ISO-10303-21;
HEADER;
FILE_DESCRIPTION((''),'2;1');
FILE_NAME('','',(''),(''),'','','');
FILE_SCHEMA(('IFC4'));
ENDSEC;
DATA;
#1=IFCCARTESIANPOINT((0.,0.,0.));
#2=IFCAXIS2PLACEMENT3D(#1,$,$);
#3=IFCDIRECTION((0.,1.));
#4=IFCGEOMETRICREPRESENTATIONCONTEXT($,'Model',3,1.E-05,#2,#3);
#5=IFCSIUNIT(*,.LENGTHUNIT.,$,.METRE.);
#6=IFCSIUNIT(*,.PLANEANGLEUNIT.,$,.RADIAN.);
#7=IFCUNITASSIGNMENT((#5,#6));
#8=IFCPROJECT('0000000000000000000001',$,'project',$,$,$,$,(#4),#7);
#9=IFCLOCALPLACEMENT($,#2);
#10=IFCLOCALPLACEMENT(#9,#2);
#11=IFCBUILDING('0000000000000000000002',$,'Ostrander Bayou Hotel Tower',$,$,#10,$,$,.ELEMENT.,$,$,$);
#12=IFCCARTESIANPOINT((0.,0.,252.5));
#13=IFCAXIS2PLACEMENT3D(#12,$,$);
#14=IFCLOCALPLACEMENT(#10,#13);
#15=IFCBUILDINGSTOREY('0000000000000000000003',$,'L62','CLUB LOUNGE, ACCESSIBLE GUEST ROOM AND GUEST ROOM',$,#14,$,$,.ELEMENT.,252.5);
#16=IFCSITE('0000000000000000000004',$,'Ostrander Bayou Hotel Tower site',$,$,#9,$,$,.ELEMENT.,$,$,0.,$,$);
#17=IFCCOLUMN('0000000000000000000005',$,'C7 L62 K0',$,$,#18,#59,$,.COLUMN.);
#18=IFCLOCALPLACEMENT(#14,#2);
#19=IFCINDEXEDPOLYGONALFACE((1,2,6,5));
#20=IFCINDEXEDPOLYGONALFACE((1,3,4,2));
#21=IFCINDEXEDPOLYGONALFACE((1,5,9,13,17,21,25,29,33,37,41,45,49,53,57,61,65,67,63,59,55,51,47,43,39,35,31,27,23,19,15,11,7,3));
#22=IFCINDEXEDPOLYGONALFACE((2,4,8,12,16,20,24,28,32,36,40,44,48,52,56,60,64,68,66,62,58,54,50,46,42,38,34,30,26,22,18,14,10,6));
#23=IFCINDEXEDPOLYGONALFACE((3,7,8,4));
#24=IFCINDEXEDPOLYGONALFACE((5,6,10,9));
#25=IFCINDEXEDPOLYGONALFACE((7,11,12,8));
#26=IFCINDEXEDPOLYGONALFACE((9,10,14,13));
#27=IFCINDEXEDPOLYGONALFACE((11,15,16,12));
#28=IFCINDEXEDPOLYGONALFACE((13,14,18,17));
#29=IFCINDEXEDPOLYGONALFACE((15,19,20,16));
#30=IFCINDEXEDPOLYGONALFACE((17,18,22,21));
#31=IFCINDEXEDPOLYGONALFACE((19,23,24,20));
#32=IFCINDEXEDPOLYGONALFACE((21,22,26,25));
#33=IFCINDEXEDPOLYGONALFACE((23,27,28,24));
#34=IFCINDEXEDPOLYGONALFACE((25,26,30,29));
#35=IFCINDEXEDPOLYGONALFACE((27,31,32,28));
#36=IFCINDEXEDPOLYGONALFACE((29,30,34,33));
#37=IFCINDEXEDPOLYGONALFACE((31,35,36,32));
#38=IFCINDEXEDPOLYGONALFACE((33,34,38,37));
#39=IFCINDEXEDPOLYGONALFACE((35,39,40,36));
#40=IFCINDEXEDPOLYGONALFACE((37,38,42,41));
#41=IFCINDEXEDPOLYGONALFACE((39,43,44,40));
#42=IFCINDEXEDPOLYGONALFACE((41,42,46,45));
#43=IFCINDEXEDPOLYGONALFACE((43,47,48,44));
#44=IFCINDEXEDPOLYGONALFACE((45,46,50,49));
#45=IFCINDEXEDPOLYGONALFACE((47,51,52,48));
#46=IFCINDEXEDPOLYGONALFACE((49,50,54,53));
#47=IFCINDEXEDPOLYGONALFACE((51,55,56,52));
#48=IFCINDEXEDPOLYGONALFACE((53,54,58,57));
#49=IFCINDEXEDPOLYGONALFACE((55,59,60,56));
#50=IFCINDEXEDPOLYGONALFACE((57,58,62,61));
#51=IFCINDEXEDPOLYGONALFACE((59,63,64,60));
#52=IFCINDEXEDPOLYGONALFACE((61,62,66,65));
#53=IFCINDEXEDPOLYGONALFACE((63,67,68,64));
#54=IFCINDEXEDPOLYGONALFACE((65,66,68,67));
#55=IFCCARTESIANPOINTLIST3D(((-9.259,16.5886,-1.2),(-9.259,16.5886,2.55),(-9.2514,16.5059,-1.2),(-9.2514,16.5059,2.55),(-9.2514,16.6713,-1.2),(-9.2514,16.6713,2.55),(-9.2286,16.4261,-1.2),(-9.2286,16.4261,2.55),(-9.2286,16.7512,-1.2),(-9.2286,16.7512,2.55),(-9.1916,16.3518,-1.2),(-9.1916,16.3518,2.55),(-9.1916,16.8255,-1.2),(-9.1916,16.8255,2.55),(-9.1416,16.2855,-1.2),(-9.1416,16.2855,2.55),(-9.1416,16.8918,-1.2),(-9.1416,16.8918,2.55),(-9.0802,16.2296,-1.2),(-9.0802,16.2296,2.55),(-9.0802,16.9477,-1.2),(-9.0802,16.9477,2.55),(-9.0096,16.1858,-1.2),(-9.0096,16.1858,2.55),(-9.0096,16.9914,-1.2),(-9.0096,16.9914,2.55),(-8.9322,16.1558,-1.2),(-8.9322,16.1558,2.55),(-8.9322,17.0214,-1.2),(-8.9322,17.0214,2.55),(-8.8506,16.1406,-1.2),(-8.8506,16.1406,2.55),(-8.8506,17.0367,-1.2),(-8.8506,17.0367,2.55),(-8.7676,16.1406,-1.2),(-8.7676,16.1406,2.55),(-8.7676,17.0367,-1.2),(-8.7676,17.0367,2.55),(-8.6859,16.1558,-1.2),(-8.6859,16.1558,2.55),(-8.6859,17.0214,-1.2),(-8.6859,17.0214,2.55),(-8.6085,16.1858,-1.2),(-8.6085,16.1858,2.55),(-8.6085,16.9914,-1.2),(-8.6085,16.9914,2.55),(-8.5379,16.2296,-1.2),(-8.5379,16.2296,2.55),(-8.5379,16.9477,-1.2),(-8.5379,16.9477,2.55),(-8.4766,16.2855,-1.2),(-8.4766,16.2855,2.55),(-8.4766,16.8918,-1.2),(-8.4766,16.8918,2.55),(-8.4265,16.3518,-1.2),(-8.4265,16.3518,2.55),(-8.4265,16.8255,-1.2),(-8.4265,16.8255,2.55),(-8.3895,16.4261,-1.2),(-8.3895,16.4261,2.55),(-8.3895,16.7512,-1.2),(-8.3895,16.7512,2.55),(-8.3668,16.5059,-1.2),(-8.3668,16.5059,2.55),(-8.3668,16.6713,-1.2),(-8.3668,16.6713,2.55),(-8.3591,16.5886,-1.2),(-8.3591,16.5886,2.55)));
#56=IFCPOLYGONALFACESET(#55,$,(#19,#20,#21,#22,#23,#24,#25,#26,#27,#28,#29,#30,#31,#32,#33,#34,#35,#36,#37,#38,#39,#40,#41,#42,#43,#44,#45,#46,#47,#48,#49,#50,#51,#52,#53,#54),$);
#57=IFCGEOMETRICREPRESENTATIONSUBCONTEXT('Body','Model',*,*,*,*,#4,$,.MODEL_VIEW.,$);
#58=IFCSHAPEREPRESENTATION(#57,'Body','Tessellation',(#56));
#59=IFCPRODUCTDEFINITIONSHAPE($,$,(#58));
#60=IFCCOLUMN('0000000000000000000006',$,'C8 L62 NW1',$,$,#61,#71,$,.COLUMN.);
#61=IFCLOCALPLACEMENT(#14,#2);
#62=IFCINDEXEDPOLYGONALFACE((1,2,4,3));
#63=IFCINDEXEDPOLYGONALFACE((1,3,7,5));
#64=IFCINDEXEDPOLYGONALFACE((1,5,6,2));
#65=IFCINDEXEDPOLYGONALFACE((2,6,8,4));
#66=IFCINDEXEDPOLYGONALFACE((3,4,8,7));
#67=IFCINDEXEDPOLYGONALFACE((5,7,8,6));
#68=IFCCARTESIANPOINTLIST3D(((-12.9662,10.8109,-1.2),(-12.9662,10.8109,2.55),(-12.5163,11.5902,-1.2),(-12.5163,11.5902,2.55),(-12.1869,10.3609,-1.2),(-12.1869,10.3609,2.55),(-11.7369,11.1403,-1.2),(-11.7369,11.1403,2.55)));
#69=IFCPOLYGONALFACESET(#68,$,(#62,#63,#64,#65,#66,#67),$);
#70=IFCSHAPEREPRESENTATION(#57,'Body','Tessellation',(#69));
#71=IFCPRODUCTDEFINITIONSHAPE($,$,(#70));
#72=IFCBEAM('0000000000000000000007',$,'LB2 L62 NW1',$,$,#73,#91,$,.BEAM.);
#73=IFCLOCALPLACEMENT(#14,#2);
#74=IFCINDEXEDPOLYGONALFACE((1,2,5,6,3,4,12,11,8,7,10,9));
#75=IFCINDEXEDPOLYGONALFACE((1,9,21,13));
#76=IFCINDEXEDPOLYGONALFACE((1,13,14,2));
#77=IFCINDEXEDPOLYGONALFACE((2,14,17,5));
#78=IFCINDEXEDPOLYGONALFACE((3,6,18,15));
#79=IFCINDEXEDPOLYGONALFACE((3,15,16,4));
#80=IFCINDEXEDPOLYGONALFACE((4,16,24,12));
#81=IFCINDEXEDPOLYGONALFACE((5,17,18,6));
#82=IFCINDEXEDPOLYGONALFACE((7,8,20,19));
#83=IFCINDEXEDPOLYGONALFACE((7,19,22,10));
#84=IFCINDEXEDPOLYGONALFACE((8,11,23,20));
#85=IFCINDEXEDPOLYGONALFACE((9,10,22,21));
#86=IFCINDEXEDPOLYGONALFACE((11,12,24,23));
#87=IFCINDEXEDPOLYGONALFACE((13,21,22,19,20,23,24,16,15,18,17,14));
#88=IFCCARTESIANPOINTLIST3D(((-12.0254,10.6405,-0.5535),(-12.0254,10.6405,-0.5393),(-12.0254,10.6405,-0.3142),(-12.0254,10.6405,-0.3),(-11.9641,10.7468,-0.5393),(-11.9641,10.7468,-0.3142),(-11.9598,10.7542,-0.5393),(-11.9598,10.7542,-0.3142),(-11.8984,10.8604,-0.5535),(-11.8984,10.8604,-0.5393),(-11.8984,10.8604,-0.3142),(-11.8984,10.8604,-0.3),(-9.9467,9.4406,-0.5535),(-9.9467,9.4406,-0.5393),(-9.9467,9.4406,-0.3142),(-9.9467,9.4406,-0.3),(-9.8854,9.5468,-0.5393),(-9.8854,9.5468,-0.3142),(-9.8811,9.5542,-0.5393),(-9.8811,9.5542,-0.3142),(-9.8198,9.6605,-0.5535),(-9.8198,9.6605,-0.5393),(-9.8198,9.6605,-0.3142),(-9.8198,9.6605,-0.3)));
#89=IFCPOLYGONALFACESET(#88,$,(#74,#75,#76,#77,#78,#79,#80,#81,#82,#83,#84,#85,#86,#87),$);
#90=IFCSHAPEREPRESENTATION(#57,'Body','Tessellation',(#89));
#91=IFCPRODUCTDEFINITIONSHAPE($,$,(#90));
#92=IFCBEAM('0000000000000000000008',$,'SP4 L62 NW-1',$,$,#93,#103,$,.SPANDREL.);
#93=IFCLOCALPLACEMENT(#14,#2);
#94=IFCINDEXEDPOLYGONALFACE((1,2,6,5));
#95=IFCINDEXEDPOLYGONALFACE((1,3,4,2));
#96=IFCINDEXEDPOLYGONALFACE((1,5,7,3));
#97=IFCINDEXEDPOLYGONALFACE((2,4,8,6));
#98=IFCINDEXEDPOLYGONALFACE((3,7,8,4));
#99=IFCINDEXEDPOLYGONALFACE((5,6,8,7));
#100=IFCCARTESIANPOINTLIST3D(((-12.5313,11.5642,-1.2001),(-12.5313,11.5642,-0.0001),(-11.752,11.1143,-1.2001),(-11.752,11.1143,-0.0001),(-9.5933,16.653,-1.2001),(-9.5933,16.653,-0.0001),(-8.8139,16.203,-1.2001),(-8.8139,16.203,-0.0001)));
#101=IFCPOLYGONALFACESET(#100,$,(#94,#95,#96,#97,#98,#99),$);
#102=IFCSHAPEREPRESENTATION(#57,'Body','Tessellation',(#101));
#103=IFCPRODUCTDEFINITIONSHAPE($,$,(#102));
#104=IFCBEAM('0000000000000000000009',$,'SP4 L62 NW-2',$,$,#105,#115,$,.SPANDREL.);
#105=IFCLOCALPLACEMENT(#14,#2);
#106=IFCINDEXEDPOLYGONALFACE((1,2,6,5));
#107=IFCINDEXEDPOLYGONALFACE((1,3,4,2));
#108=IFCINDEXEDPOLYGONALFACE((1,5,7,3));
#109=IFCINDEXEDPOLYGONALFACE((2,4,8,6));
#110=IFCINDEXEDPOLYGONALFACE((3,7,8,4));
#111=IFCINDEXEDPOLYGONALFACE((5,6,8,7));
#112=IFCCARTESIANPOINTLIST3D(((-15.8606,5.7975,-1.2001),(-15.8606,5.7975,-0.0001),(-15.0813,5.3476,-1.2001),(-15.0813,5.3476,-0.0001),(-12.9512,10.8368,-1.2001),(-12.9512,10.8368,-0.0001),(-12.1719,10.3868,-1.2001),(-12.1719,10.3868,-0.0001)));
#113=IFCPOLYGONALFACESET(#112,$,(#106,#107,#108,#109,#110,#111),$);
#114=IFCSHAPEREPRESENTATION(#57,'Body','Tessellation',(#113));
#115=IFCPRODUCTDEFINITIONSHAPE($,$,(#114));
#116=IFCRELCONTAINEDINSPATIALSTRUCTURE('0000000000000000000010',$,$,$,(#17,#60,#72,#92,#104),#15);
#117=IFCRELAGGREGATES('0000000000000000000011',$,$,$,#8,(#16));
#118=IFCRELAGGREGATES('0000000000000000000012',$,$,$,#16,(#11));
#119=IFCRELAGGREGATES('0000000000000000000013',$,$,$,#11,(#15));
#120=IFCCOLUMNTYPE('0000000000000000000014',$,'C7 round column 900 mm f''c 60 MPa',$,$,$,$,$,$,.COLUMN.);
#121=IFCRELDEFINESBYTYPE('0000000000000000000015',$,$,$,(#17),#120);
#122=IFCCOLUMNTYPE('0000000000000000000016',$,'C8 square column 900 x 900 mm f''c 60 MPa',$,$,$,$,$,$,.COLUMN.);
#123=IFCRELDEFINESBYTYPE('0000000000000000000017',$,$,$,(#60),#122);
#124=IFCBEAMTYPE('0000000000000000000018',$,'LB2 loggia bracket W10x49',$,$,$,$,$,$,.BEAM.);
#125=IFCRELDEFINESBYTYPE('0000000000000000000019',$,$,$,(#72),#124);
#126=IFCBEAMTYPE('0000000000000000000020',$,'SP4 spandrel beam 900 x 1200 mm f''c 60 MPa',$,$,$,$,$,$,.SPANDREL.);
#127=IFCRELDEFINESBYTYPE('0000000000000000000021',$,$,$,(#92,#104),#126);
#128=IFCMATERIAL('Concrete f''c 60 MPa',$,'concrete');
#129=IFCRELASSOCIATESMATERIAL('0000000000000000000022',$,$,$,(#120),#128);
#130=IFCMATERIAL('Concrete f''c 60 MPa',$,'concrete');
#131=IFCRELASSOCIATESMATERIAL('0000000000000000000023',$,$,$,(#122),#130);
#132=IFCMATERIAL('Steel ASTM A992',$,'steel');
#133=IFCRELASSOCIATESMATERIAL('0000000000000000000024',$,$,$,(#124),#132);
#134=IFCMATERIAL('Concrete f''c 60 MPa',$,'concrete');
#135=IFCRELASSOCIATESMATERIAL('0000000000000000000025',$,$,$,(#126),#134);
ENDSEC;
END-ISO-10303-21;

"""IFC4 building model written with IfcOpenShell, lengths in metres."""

from ifc_helpers import new_model, si_unit, direction, frame, origin, origin_2d, place, context, subcontext, project, spatial, rectangle, circle, i_section, extrude, material, material_profile, profile_set, type_object, element, save


model = new_model("IFC4")

# Units and contexts
model_context = context("Model", 3, precision=1e-05, world=origin(), true_north=direction((0.0, 1.0)))
body_context = subcontext(model_context, "Body", "Model", "MODEL_VIEW")
ifc_project = project(units=[si_unit("LENGTHUNIT", "METRE"), si_unit("PLANEANGLEUNIT", "RADIAN")], contexts=[model_context])

# Site, building, storey
site_placement = place(None, origin())
site = spatial("IfcSite", under=ifc_project, at=site_placement, Name="Ostrander Bayou Hotel Tower site", CompositionType="ELEMENT", RefElevation=0.0)
building_placement = place(site_placement, origin())
building = spatial("IfcBuilding", under=site, at=building_placement, Name="Ostrander Bayou Hotel Tower", CompositionType="ELEMENT")
storey_placement = place(building_placement, frame((0.0, 0.0, 252.5)))
storey = spatial("IfcBuildingStorey", under=building, at=storey_placement, Name="L62", Description="CLUB LOUNGE, ACCESSIBLE GUEST ROOM AND GUEST ROOM", CompositionType="ELEMENT", Elevation=252.5)

# Columns
ifc_material_1 = material(Name="Concrete f'c 60 MPa", Category="concrete")
ifc_material_profile_1 = material_profile(ifc_material_1, circle(Radius=0.45, at=origin_2d()))
ifc_profile_set_1 = profile_set([ifc_material_profile_1], Name="Concrete f'c 60 MPa")
column_type_1 = type_object("IfcColumnType", Name="C7 round column 900 mm f'c 60 MPa", PredefinedType="COLUMN", material=ifc_profile_set_1)
column_1_placement = place(storey_placement, frame((-8.8091, 16.5886, -1.2), z_axis=(0.0, 0.0, 1.0), x_axis=(1.0, 0.0, 0.0)))
element("IfcColumn", 1, at=column_1_placement, inside=storey, type_object=column_type_1, Name="C7 L62 K0", PredefinedType="COLUMN", context=body_context, shape_type="SweptSolid", body=[
    extrude(circle(Radius=0.45, at=origin_2d()), origin(), (0.0, 0.0, 1.0), 3.75),
])
ifc_material_2 = material(Name="Concrete f'c 60 MPa", Category="concrete")
ifc_material_profile_2 = material_profile(ifc_material_2, rectangle(XDim=0.8999, YDim=0.8999, at=origin_2d()))
ifc_profile_set_2 = profile_set([ifc_material_profile_2], Name="Concrete f'c 60 MPa")
column_type_2 = type_object("IfcColumnType", Name="C8 square column 900 x 900 mm f'c 60 MPa", PredefinedType="COLUMN", material=ifc_profile_set_2)
column_2_placement = place(storey_placement, frame((-12.3516, 10.9756, -1.2), z_axis=(0.0, 0.0, 1.0), x_axis=(0.5, 0.866025, 0.0)))
element("IfcColumn", 2, at=column_2_placement, inside=storey, type_object=column_type_2, Name="C8 L62 NW1", PredefinedType="COLUMN", context=body_context, shape_type="SweptSolid", body=[
    extrude(rectangle(XDim=0.8999, YDim=0.8999, at=origin_2d()), origin(), (0.0, 0.0, 1.0), 3.75),
])

# Beams
ifc_material_3 = material(Name="Steel ASTM A992", Category="steel")
ifc_material_profile_3 = material_profile(ifc_material_3, i_section(OverallWidth=0.2539, OverallDepth=0.2534, WebThickness=0.0085, FlangeThickness=0.0142, at=origin_2d()))
ifc_profile_set_3 = profile_set([ifc_material_profile_3], Name="Steel ASTM A992")
beam_type_1 = type_object("IfcBeamType", Name="LB2 loggia bracket W10x49", PredefinedType="BEAM", material=ifc_profile_set_3)
beam_1_placement = place(storey_placement, frame((-11.9619, 10.7505, -0.4268), z_axis=(0.86605, -0.499957, 0.0), x_axis=(0.499957, 0.86605, 0.0)))
element("IfcBeam", 3, at=beam_1_placement, inside=storey, type_object=beam_type_1, Name="LB2 L62 NW1", PredefinedType="BEAM", context=body_context, shape_type="SweptSolid", body=[
    extrude(i_section(OverallWidth=0.2539, OverallDepth=0.2534, WebThickness=0.0085, FlangeThickness=0.0142, at=origin_2d()), origin(), (0.0, 0.0, 1.0), 2.4001),
])
ifc_material_4 = material(Name="Concrete f'c 60 MPa", Category="concrete")
ifc_material_profile_4 = material_profile(ifc_material_4, rectangle(XDim=0.8999, YDim=1.2, at=origin_2d()))
ifc_profile_set_4 = profile_set([ifc_material_profile_4], Name="Concrete f'c 60 MPa")
beam_type_2 = type_object("IfcBeamType", Name="SP4 spandrel beam 900 x 1200 mm f'c 60 MPa", PredefinedType="SPANDREL", material=ifc_profile_set_4)
beam_2_placement = place(storey_placement, frame((-9.2036, 16.428, -0.6001), z_axis=(-0.500009, -0.86602, 0.0), x_axis=(0.86602, -0.500009, 0.0)))
element("IfcBeam", 4, at=beam_2_placement, inside=storey, type_object=beam_type_2, Name="SP4 L62 NW-1", PredefinedType="SPANDREL", context=body_context, shape_type="SweptSolid", body=[
    extrude(rectangle(XDim=0.8999, YDim=1.2, at=origin_2d()), origin(), (0.0, 0.0, 1.0), 5.876),
])
beam_3_placement = place(storey_placement, frame((-12.5615, 10.6118, -0.6001), z_axis=(-0.499997, -0.866027, 0.0), x_axis=(0.866027, -0.499997, 0.0)))
element("IfcBeam", 5, at=beam_3_placement, inside=storey, type_object=beam_type_2, Name="SP4 L62 NW-2", PredefinedType="SPANDREL", context=body_context, shape_type="SweptSolid", body=[
    extrude(rectangle(XDim=0.8999, YDim=1.2, at=origin_2d()), origin(), (0.0, 0.0, 1.0), 5.8188),
])

save(model, "model.ifc")
